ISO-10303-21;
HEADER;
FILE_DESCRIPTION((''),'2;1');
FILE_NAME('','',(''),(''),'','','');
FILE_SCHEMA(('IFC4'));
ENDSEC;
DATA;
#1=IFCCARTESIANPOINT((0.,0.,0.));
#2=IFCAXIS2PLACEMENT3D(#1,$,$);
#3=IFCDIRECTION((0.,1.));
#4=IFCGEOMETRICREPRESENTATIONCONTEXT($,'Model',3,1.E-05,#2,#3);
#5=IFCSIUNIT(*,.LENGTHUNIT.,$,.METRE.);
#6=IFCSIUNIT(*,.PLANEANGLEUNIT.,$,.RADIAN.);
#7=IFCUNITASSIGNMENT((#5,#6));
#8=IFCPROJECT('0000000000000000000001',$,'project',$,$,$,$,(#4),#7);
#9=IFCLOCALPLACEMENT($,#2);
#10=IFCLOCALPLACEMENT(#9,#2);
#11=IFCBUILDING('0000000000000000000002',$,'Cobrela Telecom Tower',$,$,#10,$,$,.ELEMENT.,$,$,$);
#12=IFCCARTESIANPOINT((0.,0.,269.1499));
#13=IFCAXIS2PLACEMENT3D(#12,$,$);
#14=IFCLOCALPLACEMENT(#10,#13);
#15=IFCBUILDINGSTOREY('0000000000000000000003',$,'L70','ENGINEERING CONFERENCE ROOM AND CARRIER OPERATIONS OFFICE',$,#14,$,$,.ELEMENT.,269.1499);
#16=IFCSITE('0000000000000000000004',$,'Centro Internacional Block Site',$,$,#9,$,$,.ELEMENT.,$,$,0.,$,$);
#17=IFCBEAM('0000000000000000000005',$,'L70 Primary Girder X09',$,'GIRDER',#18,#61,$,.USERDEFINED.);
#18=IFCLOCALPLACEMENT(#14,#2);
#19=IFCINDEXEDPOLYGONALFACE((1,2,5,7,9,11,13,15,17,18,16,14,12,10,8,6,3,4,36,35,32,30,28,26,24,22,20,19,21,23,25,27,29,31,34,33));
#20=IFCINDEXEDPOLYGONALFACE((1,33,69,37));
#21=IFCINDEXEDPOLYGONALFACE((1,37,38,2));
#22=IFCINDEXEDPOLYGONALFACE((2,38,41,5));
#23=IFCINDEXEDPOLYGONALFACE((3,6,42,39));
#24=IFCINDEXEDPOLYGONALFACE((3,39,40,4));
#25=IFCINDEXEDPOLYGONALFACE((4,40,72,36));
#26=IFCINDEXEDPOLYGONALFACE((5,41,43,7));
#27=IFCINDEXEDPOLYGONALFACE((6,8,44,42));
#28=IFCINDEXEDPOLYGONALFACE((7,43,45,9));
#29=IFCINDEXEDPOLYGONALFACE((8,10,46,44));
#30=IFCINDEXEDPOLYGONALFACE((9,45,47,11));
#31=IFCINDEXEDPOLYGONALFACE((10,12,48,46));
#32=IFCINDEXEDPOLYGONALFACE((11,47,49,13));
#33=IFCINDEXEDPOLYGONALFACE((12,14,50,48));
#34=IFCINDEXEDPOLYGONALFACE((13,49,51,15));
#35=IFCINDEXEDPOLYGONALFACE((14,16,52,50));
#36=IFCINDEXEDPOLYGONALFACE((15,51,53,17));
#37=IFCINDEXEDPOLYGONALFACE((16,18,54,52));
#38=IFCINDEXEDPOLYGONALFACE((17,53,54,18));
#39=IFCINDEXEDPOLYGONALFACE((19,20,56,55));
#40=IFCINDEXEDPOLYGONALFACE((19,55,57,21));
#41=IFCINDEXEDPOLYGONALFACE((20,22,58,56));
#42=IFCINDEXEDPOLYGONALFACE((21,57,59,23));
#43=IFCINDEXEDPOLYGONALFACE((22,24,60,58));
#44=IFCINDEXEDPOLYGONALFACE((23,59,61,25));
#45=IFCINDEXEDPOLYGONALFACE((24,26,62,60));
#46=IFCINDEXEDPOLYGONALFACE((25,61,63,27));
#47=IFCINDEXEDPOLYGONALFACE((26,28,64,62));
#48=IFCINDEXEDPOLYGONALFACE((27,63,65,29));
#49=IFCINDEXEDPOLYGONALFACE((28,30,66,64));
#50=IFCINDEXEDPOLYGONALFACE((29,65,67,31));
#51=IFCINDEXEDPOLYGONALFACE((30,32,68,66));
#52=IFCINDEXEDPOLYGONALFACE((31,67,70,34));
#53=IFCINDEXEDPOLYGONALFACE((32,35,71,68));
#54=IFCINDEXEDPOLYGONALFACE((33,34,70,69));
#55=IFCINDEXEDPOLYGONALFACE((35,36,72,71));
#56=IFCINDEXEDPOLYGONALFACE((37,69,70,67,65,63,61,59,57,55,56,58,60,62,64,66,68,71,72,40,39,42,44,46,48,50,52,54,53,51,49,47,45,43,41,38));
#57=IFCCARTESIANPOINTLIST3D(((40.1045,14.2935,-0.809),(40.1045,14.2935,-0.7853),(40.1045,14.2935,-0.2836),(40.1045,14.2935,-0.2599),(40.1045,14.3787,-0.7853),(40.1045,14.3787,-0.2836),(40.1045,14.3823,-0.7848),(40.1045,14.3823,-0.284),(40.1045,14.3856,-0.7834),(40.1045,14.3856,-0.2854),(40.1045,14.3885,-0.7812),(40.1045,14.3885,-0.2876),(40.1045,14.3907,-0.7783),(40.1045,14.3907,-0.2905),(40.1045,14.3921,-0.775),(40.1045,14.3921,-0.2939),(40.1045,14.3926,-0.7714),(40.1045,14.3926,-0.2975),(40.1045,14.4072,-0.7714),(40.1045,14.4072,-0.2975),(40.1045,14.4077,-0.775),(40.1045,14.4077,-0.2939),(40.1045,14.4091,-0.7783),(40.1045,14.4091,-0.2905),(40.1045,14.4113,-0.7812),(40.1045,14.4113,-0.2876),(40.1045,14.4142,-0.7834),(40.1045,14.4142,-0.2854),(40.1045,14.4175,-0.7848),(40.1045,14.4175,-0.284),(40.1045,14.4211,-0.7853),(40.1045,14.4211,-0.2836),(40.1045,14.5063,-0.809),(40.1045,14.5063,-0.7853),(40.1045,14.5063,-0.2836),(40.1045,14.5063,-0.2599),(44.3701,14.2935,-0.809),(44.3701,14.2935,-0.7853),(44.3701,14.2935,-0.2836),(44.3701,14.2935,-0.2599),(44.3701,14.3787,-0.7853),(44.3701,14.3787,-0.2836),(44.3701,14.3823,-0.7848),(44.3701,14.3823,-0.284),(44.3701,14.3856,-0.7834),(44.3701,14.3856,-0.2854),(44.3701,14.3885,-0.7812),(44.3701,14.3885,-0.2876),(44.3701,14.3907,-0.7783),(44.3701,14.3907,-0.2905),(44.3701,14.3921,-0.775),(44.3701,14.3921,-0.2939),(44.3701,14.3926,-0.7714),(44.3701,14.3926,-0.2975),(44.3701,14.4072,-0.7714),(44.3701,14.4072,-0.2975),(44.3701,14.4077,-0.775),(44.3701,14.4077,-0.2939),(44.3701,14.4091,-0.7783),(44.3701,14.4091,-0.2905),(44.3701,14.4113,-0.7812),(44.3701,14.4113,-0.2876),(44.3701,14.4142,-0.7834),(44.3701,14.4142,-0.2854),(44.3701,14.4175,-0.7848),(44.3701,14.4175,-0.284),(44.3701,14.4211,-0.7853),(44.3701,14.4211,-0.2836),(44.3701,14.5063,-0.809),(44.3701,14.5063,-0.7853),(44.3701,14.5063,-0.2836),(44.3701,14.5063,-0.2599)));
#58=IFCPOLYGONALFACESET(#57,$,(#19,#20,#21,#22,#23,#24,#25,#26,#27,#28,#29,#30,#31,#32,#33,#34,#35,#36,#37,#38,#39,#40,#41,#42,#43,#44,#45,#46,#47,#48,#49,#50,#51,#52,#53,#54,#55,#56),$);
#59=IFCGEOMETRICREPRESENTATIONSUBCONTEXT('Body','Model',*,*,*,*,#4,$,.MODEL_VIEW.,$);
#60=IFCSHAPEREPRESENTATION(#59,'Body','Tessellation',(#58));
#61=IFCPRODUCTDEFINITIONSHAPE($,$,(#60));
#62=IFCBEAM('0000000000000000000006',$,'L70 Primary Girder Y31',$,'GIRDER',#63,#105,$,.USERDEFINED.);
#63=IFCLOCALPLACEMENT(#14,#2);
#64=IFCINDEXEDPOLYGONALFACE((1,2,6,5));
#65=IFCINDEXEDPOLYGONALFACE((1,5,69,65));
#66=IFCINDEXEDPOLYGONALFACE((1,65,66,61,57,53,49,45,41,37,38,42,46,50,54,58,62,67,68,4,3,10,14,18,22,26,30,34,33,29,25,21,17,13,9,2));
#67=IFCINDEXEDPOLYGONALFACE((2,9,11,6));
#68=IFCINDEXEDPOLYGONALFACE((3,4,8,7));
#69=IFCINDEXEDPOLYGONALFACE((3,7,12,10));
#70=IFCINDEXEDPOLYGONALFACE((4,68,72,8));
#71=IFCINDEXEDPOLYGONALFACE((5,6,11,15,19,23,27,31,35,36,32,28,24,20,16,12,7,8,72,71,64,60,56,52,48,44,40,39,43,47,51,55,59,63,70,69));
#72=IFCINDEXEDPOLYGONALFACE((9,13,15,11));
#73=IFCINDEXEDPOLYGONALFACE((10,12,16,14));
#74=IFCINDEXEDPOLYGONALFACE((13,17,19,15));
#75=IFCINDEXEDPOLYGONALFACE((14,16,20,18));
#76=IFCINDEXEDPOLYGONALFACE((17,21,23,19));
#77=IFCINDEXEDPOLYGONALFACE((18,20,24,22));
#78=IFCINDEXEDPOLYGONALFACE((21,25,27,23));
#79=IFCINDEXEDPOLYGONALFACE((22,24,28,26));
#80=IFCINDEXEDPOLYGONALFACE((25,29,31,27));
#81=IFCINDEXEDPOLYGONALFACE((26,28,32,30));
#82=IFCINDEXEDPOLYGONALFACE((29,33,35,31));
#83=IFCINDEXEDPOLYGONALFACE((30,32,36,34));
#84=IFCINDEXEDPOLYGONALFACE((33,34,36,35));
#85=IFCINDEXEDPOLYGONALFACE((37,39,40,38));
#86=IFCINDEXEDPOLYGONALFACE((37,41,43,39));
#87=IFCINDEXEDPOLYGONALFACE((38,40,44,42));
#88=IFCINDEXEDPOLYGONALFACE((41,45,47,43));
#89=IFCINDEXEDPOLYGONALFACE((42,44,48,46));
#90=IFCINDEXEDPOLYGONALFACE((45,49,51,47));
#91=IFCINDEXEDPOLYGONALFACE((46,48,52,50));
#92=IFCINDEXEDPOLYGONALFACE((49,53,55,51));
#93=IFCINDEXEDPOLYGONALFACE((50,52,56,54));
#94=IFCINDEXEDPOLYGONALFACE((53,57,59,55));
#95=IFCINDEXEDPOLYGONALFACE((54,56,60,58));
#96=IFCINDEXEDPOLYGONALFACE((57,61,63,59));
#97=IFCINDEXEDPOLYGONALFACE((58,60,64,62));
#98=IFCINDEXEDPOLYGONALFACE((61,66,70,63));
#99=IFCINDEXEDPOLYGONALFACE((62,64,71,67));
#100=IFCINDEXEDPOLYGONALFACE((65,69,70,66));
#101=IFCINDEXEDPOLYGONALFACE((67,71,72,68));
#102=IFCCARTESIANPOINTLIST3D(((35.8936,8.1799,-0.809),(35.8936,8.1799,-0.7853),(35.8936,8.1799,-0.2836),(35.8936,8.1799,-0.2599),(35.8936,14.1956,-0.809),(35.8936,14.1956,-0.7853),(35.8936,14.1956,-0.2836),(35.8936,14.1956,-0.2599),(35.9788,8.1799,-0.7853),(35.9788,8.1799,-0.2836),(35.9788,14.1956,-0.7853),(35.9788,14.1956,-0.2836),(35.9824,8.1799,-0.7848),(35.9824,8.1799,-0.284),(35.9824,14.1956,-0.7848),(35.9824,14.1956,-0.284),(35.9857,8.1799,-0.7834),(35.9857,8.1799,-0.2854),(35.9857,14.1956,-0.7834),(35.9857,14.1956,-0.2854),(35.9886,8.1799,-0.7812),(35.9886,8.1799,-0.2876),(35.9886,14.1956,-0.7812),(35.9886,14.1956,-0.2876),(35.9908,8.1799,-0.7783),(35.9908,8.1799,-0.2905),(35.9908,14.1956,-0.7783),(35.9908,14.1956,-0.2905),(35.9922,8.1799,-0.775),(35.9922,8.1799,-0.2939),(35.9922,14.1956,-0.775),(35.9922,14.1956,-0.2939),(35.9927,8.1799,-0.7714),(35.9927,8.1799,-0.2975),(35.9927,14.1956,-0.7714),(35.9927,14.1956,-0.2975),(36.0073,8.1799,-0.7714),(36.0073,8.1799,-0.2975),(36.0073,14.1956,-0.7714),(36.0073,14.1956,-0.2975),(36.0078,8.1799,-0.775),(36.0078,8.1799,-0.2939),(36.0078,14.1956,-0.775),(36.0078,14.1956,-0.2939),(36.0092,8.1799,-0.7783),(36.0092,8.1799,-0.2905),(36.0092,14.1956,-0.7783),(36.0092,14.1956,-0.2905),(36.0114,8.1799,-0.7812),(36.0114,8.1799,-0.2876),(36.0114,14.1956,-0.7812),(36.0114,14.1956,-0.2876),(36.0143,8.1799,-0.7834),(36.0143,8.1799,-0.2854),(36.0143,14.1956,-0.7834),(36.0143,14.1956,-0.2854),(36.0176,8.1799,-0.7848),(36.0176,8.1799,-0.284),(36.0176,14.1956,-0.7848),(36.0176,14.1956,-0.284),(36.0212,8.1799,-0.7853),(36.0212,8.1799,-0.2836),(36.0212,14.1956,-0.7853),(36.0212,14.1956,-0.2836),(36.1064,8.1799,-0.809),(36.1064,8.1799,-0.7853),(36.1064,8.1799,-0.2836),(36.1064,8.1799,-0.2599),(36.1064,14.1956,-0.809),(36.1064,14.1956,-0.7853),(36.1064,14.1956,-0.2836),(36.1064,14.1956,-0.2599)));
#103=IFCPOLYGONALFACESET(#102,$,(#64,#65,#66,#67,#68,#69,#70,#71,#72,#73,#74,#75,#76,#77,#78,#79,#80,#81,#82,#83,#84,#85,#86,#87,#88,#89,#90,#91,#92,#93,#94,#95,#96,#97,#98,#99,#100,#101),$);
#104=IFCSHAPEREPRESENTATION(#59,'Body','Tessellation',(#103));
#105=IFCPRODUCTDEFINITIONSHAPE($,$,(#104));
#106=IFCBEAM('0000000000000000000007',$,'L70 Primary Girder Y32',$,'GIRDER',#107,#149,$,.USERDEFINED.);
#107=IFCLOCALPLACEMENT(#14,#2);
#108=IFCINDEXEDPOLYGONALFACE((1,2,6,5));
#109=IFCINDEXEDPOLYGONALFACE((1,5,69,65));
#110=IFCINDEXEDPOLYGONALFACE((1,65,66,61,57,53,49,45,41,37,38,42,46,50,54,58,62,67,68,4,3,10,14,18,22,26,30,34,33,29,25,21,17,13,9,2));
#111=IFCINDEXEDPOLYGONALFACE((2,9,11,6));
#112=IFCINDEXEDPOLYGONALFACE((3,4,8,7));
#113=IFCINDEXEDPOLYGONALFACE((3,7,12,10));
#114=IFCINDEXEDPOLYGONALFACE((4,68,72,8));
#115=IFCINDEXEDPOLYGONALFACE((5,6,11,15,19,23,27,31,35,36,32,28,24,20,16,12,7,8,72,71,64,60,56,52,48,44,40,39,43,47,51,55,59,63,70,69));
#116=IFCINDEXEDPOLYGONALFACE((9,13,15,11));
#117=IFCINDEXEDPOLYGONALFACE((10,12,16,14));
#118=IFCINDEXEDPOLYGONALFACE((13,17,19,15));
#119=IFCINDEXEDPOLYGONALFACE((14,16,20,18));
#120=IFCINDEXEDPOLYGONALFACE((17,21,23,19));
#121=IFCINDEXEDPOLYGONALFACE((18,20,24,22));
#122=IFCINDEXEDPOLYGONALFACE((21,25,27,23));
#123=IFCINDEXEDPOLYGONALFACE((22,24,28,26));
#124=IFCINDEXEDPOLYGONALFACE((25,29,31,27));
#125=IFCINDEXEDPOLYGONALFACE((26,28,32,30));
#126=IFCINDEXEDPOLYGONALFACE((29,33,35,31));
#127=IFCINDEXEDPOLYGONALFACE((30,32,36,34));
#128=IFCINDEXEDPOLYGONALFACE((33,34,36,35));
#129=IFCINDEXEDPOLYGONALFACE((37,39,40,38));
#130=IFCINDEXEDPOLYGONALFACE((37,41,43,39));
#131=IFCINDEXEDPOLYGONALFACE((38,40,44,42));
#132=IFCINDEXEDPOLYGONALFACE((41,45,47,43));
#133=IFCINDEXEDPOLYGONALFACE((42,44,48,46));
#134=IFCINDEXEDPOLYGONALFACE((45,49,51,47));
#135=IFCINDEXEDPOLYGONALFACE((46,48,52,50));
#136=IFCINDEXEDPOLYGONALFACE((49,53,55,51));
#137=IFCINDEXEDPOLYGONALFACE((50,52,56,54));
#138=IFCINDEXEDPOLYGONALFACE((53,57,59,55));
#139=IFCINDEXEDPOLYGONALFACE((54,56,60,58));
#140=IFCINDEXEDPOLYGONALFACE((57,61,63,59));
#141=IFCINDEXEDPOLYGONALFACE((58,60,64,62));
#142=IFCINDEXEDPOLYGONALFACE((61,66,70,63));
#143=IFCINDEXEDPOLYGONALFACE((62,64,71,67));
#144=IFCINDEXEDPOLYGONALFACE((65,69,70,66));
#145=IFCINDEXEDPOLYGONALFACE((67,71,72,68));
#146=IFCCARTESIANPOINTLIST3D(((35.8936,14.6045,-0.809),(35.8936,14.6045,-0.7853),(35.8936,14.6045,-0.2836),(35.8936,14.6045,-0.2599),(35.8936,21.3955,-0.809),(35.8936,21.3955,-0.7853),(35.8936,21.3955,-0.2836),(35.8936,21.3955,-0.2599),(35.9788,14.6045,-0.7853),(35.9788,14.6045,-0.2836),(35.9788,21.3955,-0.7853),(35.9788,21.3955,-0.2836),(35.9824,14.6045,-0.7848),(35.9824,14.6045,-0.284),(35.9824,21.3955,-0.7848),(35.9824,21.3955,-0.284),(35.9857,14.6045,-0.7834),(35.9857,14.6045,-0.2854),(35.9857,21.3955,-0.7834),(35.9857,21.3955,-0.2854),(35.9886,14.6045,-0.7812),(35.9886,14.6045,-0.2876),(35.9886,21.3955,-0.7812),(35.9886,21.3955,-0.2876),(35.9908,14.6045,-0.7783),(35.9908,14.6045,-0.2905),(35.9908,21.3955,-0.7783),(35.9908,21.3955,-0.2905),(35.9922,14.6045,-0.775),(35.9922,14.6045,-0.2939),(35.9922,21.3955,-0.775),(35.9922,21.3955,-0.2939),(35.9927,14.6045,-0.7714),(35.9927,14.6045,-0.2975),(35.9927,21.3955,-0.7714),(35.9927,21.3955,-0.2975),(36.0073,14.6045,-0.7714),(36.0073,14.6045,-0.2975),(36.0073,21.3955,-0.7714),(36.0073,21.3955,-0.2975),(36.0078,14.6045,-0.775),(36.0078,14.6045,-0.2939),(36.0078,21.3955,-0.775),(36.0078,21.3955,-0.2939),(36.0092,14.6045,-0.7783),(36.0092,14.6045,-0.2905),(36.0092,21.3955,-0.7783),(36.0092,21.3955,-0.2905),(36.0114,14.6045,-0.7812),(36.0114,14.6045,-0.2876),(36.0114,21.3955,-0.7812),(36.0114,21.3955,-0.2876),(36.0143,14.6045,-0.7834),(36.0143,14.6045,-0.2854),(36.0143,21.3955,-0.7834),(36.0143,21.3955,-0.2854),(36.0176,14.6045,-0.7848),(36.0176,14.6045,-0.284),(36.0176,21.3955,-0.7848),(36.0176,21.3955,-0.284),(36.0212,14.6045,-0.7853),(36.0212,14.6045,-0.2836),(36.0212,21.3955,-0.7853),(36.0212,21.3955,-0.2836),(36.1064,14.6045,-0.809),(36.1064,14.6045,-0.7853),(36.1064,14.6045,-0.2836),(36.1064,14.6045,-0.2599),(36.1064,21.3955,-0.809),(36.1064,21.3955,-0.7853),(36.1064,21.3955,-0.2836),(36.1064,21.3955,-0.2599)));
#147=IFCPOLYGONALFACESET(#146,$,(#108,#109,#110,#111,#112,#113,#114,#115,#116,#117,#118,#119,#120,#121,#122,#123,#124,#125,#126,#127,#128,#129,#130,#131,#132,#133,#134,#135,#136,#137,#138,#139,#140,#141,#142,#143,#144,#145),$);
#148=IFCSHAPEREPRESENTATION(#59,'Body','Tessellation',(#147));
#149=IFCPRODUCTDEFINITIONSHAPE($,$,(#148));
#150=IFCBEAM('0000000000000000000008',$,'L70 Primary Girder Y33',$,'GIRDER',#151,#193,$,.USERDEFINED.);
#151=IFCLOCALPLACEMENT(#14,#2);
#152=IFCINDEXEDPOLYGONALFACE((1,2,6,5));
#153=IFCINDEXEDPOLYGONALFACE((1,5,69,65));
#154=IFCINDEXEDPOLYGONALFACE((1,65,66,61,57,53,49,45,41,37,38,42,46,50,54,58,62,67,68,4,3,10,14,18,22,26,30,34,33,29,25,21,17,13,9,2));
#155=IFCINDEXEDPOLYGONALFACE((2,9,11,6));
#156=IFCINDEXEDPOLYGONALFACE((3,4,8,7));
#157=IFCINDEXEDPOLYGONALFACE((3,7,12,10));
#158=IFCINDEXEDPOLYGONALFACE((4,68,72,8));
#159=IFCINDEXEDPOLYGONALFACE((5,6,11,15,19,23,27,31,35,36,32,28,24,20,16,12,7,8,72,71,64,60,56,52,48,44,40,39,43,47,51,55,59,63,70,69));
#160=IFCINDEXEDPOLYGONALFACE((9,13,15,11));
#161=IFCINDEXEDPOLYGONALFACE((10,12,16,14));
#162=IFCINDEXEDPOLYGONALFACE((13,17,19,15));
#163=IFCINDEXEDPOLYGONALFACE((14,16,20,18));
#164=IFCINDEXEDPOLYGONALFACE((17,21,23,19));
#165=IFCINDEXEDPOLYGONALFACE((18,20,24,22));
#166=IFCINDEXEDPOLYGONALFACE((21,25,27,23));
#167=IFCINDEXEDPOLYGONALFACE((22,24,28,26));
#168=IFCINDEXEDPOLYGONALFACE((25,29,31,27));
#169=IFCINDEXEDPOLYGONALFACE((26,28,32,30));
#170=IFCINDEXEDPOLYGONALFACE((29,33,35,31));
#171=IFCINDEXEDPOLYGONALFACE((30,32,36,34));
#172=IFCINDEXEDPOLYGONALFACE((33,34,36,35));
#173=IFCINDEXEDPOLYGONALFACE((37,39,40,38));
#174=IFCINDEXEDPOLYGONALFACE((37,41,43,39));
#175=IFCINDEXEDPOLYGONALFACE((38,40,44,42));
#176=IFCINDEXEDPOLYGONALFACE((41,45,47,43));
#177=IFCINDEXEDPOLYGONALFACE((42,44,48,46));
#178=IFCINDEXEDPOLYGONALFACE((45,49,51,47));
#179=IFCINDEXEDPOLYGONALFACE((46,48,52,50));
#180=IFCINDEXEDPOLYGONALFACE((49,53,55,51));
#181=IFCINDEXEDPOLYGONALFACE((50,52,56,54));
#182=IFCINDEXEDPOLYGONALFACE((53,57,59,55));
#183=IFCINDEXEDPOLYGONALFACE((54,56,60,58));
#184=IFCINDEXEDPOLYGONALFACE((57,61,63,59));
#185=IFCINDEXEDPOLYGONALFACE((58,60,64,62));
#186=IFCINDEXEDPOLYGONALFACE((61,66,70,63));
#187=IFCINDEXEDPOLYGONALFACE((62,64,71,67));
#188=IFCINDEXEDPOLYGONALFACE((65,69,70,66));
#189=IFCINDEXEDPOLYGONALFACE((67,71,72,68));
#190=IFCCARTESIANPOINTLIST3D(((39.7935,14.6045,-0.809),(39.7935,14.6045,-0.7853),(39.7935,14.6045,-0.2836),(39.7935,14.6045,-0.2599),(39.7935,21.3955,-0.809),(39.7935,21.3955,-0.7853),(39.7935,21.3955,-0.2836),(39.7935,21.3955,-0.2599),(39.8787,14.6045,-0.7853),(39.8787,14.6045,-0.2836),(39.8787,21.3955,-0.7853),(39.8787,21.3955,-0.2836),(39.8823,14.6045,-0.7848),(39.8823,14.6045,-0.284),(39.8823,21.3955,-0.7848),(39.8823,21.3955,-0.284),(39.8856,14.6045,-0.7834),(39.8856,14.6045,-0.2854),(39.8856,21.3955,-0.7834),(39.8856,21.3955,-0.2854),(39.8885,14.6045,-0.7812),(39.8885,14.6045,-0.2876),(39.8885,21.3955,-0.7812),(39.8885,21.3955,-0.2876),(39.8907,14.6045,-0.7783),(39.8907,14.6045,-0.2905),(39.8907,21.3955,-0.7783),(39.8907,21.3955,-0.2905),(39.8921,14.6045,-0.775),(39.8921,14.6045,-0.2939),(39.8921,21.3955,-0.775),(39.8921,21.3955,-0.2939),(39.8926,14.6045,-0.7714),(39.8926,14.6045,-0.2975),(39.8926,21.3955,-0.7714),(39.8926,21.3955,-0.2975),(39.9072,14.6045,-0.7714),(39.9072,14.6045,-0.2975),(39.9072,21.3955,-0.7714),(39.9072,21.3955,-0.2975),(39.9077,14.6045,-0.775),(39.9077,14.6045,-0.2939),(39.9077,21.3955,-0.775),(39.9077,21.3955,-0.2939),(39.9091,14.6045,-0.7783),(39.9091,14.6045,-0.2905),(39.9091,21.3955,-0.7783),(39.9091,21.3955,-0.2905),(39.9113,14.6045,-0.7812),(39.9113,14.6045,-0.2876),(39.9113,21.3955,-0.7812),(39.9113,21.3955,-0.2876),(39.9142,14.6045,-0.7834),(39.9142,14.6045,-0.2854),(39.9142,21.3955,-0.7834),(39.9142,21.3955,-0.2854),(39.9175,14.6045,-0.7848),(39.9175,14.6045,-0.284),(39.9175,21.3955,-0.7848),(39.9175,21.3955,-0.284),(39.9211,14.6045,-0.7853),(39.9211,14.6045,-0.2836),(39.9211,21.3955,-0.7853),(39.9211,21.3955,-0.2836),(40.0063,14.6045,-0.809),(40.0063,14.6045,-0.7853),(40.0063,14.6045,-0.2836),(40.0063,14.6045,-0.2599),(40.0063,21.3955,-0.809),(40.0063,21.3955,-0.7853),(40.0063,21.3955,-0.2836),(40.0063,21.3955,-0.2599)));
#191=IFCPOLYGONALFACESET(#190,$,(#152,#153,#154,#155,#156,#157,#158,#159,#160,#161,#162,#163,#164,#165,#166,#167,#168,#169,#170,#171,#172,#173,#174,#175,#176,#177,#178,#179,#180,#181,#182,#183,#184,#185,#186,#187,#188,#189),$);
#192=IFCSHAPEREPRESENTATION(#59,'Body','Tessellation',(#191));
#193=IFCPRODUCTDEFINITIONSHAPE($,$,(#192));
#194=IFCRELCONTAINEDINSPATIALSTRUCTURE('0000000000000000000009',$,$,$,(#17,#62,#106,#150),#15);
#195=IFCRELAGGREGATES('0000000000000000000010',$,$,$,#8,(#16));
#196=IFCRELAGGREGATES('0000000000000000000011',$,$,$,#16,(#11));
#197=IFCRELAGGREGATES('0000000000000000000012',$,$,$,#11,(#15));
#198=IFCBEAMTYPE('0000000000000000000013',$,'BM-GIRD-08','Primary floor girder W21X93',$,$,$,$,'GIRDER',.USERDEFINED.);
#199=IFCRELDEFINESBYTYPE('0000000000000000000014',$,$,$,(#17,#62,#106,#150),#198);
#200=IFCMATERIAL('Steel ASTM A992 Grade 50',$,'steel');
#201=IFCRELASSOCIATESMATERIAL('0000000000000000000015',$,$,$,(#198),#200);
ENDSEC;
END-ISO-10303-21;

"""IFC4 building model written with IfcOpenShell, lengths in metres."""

from ifc_helpers import new_model, si_unit, direction, frame, origin, origin_2d, place, context, subcontext, project, spatial, i_section, extrude, material, material_profile, profile_set, type_object, element, save


model = new_model("IFC4")

# Units and contexts
model_context = context("Model", 3, precision=1e-05, world=origin(), true_north=direction((0.0, 1.0)))
body_context = subcontext(model_context, "Body", "Model", "MODEL_VIEW")
ifc_project = project(units=[si_unit("LENGTHUNIT", "METRE"), si_unit("PLANEANGLEUNIT", "RADIAN")], contexts=[model_context])

# Site, building, storey
site_placement = place(None, origin())
site = spatial("IfcSite", under=ifc_project, at=site_placement, Name="Centro Internacional Block Site", CompositionType="ELEMENT", RefElevation=0.0)
building_placement = place(site_placement, origin())
building = spatial("IfcBuilding", under=site, at=building_placement, Name="Cobrela Telecom Tower", CompositionType="ELEMENT")
storey_placement = place(building_placement, frame((0.0, 0.0, 269.1499)))
storey = spatial("IfcBuildingStorey", under=building, at=storey_placement, Name="L70", Description="ENGINEERING CONFERENCE ROOM AND CARRIER OPERATIONS OFFICE", CompositionType="ELEMENT", Elevation=269.1499)

# Shared definitions
ifc_material_1 = material(Name="Steel ASTM A992 Grade 50", Category="steel")

# Beams
ifc_material_profile_1 = material_profile(ifc_material_1, i_section(OverallWidth=0.2129, OverallDepth=0.5491, WebThickness=0.0146, FlangeThickness=0.0237, FilletRadius=0.0139, at=origin_2d()), Name="W21X93")
ifc_profile_set_1 = profile_set([ifc_material_profile_1], Name="Steel ASTM A992 Grade 50")
beam_type_1 = type_object("IfcBeamType", Name="BM-GIRD-08", Description="Primary floor girder W21X93", ElementType="GIRDER", PredefinedType="USERDEFINED", material=ifc_profile_set_1)
beam_1_placement = place(storey_placement, frame((40.1045, 14.3999, -0.5344), z_axis=(1.0, 0.0, 0.0), x_axis=(0.0, 1.0, 0.0)))
element("IfcBeam", 1, at=beam_1_placement, inside=storey, type_object=beam_type_1, Name="L70 Primary Girder X09", ObjectType="GIRDER", PredefinedType="USERDEFINED", context=body_context, shape_type="SweptSolid", body=[
    extrude(i_section(OverallWidth=0.2129, OverallDepth=0.5491, WebThickness=0.0146, FlangeThickness=0.0237, FilletRadius=0.0139, at=origin_2d()), origin(), (0.0, 0.0, 1.0), 4.2656),
])
beam_2_placement = place(storey_placement, frame((36.0, 8.1799, -0.5344), z_axis=(0.0, 1.0, 0.0), x_axis=(-1.0, 0.0, 0.0)))
element("IfcBeam", 2, at=beam_2_placement, inside=storey, type_object=beam_type_1, Name="L70 Primary Girder Y31", ObjectType="GIRDER", PredefinedType="USERDEFINED", context=body_context, shape_type="SweptSolid", body=[
    extrude(i_section(OverallWidth=0.2129, OverallDepth=0.5491, WebThickness=0.0146, FlangeThickness=0.0237, FilletRadius=0.0139, at=origin_2d()), origin(), (0.0, 0.0, 1.0), 6.0156),
])
for number, where, z_axis, x_axis, name in (
    (3, (36.0, 14.6045, -0.5344), (0.0, 1.0, 0.0), (-1.0, 0.0, 0.0), "L70 Primary Girder Y32"),
    (4, (39.8999, 14.6045, -0.5344), (0.0, 1.0, 0.0), (-1.0, 0.0, 0.0), "L70 Primary Girder Y33"),
):
    element("IfcBeam", number, at=place(storey_placement, frame(where, z_axis=z_axis, x_axis=x_axis)), inside=storey, type_object=beam_type_1, Name=name, ObjectType="GIRDER", PredefinedType="USERDEFINED", context=body_context, shape_type="SweptSolid", body=[
        extrude(i_section(OverallWidth=0.2129, OverallDepth=0.5491, WebThickness=0.0146, FlangeThickness=0.0237, FilletRadius=0.0139, at=origin_2d()), origin(), (0.0, 0.0, 1.0), 6.791),
    ])

save(model, "model.ifc")
